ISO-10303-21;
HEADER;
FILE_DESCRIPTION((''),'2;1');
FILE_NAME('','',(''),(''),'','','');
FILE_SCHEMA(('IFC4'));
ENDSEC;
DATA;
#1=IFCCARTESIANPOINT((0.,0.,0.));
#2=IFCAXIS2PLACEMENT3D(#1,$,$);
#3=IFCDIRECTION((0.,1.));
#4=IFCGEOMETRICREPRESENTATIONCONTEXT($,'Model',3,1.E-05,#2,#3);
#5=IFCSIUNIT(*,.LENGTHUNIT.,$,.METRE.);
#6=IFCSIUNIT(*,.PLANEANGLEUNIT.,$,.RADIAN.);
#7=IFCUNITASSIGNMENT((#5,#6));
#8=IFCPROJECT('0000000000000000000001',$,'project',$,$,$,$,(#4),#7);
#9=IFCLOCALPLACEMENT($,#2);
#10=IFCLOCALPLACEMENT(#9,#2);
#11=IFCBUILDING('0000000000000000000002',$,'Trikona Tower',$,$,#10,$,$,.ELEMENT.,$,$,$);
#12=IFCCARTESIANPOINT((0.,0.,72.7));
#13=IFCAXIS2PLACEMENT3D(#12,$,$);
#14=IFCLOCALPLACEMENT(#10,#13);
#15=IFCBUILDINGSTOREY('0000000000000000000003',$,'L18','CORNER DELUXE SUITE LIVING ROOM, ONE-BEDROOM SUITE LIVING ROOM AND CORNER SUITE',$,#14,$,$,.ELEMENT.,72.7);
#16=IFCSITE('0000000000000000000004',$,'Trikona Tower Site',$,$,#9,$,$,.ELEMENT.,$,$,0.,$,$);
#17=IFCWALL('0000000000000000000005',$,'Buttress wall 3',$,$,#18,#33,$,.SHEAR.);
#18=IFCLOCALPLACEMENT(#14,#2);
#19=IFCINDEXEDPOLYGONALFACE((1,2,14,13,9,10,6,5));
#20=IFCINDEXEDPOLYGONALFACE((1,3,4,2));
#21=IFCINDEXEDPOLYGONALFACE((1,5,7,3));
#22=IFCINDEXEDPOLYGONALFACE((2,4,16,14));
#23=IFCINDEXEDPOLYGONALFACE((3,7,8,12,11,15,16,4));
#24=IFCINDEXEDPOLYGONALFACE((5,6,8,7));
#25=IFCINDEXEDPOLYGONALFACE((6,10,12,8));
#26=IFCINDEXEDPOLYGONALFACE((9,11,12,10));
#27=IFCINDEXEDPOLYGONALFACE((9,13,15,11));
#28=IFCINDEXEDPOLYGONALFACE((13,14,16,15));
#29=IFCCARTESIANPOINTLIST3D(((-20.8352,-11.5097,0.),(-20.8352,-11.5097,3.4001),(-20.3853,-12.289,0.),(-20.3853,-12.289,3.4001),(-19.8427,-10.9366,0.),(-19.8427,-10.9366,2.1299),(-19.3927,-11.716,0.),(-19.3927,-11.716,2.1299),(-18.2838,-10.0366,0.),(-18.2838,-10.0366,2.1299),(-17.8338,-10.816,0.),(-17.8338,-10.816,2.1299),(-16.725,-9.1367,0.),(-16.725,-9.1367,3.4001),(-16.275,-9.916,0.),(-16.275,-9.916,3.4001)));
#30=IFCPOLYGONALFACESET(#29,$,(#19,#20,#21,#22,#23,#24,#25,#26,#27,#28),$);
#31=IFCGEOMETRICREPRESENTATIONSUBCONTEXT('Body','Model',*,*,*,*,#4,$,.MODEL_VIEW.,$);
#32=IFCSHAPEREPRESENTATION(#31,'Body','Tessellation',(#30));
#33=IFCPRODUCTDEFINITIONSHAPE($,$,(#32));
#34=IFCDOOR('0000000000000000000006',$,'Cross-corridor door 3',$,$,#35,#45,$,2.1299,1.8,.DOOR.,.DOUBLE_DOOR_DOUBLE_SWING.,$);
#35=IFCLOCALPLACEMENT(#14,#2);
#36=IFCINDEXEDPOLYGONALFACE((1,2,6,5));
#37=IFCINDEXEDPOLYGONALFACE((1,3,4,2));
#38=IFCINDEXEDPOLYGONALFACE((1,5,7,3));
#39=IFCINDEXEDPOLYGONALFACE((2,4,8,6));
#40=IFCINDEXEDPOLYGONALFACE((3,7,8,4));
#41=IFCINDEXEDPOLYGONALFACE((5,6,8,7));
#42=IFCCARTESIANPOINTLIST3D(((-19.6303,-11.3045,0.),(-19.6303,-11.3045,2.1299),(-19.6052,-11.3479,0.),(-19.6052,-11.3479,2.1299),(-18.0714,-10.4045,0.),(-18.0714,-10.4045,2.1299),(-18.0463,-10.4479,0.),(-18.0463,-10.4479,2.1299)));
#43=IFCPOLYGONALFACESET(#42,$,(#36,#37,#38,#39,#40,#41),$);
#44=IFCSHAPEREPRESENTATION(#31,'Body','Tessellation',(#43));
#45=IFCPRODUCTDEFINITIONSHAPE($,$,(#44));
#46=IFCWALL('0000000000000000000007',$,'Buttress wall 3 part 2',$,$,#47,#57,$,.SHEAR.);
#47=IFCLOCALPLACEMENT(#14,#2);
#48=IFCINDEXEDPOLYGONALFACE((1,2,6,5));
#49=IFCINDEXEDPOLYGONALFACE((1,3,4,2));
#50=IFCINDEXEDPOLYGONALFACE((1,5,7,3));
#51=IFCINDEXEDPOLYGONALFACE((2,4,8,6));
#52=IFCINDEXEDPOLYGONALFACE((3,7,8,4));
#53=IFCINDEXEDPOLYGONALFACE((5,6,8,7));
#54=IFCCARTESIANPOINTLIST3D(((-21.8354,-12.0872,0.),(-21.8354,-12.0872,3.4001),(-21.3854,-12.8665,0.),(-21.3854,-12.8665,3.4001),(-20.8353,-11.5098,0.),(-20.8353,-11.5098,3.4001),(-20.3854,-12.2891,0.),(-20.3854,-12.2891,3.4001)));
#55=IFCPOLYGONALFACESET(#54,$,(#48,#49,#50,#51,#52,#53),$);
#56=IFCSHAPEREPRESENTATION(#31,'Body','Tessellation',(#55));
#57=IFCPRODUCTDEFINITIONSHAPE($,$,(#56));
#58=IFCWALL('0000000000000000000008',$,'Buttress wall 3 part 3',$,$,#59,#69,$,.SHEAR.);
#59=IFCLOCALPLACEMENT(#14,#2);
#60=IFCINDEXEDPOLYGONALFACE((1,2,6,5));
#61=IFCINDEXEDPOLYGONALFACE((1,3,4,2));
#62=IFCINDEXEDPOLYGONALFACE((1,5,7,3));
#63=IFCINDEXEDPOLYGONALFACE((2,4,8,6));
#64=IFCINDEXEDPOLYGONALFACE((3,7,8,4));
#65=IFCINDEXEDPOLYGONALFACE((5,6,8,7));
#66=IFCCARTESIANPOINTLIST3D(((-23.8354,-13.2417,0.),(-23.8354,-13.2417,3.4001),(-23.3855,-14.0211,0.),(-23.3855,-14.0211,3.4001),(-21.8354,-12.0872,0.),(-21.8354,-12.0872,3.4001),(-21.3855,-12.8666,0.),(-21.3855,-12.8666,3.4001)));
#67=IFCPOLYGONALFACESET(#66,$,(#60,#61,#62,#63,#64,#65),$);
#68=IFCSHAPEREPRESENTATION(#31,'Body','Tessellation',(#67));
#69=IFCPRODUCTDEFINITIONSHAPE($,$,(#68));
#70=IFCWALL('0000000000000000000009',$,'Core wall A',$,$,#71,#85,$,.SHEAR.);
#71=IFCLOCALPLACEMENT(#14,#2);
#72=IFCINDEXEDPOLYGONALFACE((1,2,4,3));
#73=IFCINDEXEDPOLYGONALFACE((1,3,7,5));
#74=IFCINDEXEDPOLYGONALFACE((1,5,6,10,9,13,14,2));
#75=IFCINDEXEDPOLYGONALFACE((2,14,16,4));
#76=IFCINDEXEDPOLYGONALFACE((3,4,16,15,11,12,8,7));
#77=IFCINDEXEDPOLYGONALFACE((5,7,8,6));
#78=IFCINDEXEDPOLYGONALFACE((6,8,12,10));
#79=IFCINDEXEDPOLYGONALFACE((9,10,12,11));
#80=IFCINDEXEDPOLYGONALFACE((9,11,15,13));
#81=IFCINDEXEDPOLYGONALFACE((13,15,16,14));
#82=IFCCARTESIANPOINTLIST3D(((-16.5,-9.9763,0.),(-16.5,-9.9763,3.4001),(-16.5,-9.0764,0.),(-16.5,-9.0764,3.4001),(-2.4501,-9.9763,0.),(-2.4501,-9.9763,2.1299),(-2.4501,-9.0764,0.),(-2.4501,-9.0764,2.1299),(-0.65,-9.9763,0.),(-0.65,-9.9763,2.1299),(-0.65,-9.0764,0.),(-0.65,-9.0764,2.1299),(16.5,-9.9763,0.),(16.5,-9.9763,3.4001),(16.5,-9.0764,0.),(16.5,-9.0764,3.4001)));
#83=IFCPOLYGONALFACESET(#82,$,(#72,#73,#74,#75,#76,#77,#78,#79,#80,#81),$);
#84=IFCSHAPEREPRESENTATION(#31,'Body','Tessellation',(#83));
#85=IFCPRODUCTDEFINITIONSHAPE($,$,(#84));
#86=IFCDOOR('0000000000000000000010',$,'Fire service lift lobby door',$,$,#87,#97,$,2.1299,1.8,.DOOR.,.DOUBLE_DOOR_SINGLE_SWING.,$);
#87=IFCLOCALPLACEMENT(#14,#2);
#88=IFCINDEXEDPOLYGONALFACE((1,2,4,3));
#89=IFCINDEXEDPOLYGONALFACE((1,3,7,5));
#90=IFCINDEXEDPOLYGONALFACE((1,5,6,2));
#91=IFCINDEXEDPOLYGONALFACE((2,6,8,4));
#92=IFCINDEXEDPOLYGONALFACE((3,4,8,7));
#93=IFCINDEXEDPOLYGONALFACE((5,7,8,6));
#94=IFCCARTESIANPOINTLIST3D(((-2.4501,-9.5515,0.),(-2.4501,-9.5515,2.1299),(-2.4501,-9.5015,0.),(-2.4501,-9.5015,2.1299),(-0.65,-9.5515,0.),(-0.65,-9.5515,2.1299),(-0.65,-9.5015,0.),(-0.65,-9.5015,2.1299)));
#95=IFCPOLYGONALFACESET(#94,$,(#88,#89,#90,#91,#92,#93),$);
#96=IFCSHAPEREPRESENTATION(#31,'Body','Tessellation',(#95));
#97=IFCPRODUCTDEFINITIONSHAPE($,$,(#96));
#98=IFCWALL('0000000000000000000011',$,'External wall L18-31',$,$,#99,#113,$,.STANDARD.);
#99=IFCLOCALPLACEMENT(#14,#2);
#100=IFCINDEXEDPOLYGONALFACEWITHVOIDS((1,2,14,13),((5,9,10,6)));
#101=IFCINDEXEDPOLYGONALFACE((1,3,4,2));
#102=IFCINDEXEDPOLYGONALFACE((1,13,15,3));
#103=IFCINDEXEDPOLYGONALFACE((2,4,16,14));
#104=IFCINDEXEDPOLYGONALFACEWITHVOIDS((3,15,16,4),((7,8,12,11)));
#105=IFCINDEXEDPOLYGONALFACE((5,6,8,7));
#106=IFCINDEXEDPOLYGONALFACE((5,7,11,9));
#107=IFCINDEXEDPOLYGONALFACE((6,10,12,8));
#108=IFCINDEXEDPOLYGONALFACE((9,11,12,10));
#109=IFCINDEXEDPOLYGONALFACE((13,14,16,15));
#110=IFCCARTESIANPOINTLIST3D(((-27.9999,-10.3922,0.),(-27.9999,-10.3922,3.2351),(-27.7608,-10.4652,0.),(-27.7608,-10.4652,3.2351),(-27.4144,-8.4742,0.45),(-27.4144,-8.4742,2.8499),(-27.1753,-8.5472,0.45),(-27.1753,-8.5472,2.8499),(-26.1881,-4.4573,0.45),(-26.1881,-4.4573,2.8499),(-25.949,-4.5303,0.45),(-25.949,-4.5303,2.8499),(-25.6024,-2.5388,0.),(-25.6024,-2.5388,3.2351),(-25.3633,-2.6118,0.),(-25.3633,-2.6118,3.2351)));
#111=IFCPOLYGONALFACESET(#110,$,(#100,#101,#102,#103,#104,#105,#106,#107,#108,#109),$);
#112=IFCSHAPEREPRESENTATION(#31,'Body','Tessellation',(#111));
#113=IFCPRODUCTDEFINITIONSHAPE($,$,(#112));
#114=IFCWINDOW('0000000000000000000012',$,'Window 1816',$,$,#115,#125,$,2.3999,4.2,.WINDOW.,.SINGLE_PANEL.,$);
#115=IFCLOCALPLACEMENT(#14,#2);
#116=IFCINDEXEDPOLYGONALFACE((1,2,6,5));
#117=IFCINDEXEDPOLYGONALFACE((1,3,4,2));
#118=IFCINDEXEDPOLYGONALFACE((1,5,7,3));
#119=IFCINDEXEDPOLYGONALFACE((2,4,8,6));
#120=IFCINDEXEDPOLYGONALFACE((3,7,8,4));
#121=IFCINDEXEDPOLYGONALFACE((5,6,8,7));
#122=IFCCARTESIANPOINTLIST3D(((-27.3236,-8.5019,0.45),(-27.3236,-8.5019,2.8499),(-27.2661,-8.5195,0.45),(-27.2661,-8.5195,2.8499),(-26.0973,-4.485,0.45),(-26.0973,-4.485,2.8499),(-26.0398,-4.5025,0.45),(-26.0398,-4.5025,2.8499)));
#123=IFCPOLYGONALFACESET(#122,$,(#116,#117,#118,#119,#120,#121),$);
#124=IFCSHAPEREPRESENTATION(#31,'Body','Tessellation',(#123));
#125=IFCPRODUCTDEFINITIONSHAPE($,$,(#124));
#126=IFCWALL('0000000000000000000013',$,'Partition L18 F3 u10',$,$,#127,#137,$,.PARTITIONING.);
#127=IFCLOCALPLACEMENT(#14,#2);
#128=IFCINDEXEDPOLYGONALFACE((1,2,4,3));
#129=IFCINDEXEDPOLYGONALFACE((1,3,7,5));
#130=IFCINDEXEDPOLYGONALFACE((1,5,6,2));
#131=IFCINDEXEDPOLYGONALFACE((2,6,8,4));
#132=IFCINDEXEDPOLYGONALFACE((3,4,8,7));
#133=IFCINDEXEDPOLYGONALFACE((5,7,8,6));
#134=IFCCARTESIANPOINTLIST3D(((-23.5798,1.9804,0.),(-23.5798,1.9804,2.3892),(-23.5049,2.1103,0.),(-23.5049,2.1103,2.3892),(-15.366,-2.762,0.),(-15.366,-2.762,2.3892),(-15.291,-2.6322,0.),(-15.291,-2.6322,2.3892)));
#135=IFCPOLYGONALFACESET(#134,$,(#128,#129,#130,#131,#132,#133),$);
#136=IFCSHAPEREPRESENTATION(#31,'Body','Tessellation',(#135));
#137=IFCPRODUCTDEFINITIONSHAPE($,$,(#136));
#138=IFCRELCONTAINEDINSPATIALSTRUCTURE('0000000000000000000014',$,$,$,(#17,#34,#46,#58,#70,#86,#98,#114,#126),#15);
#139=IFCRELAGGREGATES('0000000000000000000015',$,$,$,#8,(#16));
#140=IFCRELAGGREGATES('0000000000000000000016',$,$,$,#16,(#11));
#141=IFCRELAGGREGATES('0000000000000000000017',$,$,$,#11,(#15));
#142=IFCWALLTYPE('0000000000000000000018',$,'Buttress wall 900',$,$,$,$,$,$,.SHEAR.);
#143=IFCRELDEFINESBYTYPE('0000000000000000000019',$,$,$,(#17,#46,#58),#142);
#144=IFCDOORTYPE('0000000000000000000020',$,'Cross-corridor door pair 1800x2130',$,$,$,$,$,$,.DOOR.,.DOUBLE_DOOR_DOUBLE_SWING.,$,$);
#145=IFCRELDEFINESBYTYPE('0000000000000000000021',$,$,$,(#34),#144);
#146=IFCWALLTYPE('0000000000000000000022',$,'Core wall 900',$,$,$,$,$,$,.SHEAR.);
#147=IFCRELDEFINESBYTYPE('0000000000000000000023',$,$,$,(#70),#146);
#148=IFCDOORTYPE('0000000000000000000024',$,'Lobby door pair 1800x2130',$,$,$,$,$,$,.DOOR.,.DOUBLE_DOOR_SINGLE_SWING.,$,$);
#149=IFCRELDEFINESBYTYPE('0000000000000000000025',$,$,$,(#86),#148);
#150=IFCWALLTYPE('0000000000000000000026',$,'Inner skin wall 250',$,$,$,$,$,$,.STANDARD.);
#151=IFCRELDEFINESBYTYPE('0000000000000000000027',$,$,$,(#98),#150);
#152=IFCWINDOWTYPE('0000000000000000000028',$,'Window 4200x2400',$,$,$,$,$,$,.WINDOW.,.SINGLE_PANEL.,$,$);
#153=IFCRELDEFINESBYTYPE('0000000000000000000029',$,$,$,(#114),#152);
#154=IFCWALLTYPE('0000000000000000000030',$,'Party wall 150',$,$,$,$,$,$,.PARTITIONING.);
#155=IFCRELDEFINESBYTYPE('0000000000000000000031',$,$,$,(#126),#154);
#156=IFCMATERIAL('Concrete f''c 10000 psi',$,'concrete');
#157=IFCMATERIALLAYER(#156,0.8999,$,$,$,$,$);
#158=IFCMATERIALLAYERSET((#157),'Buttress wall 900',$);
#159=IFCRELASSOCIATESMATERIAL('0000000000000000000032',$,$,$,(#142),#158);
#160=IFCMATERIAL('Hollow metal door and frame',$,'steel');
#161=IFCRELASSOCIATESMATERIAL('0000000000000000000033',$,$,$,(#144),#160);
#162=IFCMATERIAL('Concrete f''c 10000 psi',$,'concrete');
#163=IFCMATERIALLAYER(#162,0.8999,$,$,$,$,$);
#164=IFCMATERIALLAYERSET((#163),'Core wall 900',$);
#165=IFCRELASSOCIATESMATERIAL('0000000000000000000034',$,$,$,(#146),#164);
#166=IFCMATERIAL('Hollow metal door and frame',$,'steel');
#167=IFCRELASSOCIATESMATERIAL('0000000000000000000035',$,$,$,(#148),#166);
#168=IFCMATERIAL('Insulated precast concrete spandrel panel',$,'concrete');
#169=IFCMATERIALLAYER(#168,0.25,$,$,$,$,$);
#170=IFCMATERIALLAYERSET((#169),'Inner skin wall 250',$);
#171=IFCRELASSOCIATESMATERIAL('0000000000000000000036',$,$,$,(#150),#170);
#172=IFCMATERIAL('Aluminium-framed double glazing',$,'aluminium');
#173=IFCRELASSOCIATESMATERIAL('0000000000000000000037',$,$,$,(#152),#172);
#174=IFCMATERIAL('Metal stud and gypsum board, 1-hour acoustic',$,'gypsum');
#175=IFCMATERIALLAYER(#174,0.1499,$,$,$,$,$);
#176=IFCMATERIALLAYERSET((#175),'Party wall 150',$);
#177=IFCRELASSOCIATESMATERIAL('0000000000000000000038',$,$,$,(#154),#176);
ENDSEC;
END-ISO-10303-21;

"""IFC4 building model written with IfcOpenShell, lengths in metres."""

from ifc_helpers import new_model, si_unit, direction, frame, frame_2d, origin, place, context, subcontext, project, spatial, rectangle, extrude, material, layer, layer_set, type_object, element, fill, save


model = new_model("IFC4")

# Units and contexts
model_context = context("Model", 3, precision=1e-05, world=origin(), true_north=direction((0.0, 1.0)))
body_context = subcontext(model_context, "Body", "Model", "MODEL_VIEW")
ifc_project = project(units=[si_unit("LENGTHUNIT", "METRE"), si_unit("PLANEANGLEUNIT", "RADIAN")], contexts=[model_context])

# Site, building, storey
site_placement = place(None, origin())
site = spatial("IfcSite", under=ifc_project, at=site_placement, Name="Trikona Tower Site", CompositionType="ELEMENT", RefElevation=0.0)
building_placement = place(site_placement, origin())
building = spatial("IfcBuilding", under=site, at=building_placement, Name="Trikona Tower", CompositionType="ELEMENT")
storey_placement = place(building_placement, frame((0.0, 0.0, 72.7)))
storey = spatial("IfcBuildingStorey", under=building, at=storey_placement, Name="L18", Description="CORNER DELUXE SUITE LIVING ROOM, ONE-BEDROOM SUITE LIVING ROOM AND CORNER SUITE", CompositionType="ELEMENT", Elevation=72.7)

# Wall, opening, door
ifc_material_1 = material(Name="Concrete f'c 10000 psi", Category="concrete")
ifc_layer_1 = layer(ifc_material_1, 0.8999)
ifc_layer_set_1 = layer_set([ifc_layer_1], Name="Buttress wall 900")
wall_type_1 = type_object("IfcWallType", Name="Buttress wall 900", PredefinedType="SHEAR", material=ifc_layer_set_1)
wall_1_placement = place(storey_placement, frame((-16.5, -9.5264, 0.0), z_axis=(0.0, 0.0, 1.0), x_axis=(-0.866031, -0.49999, 0.0)))
wall_1 = element("IfcWall", 1, at=wall_1_placement, inside=storey, type_object=wall_type_1, Name="Buttress wall 3", PredefinedType="SHEAR", context=body_context, shape_type="SweptSolid", body=[
    extrude(rectangle(XDim=4.7461, YDim=0.8999, at=frame_2d((2.373, 0.0))), origin(), (0.0, 0.0, 1.0), 3.4001),
])
opening_1_placement = place(wall_1_placement, frame((1.8, 0.0, 0.0)))
opening_1 = element("IfcOpeningElement", 2, at=opening_1_placement, cuts=wall_1, PredefinedType="OPENING", context=body_context, shape_type="SweptSolid", body=[
    extrude(rectangle(XDim=1.8, YDim=2.1299, at=frame_2d((0.8999, 1.0649))), frame((0.0, 0.46, 0.0), z_axis=(0.0, -1.0, 0.0), x_axis=(1.0, 0.0, 0.0)), (0.0, 0.0, 1.0), 0.9199),
])
ifc_material_2 = material(Name="Hollow metal door and frame", Category="steel")
door_type_1 = type_object("IfcDoorType", Name="Cross-corridor door pair 1800x2130", OperationType="DOUBLE_DOOR_DOUBLE_SWING", PredefinedType="DOOR", material=ifc_material_2)
door_1_placement = place(opening_1_placement, origin())
door_1 = element("IfcDoor", 3, at=door_1_placement, inside=storey, type_object=door_type_1, Name="Cross-corridor door 3", OperationType="DOUBLE_DOOR_DOUBLE_SWING", OverallHeight=2.1299, OverallWidth=1.8, PredefinedType="DOOR", context=body_context, shape_type="SweptSolid", body=[
    extrude(rectangle(XDim=1.8, YDim=2.1299, at=frame_2d((0.8999, 1.0649))), frame((0.0, 0.0249, 0.0), z_axis=(0.0, -1.0, 0.0), x_axis=(1.0, 0.0, 0.0)), (0.0, 0.0, 1.0), 0.05),
])
fill(opening_1, door_1)

# Walls
wall_2_placement = place(storey_placement, frame((-20.6104, -11.8994, 0.0), z_axis=(0.0, 0.0, 1.0), x_axis=(-0.86601, -0.500027, 0.0)))
element("IfcWall", 4, at=wall_2_placement, inside=storey, type_object=wall_type_1, Name="Buttress wall 3 part 2", PredefinedType="SHEAR", context=body_context, shape_type="SweptSolid", body=[
    extrude(rectangle(XDim=1.1548, YDim=0.8999, at=frame_2d((0.5774, 0.0))), origin(), (0.0, 0.0, 1.0), 3.4001),
])
wall_3_placement = place(storey_placement, frame((-21.6104, -12.4768, 0.0), z_axis=(0.0, 0.0, 1.0), x_axis=(-0.866055, -0.499948, 0.0)))
element("IfcWall", 5, at=wall_3_placement, inside=storey, type_object=wall_type_1, Name="Buttress wall 3 part 3", PredefinedType="SHEAR", context=body_context, shape_type="SweptSolid", body=[
    extrude(rectangle(XDim=2.3093, YDim=0.8999, at=frame_2d((1.1548, 0.0))), origin(), (0.0, 0.0, 1.0), 3.4001),
])

# Wall, opening, door
ifc_material_3 = material(Name="Concrete f'c 10000 psi", Category="concrete")
ifc_layer_2 = layer(ifc_material_3, 0.8999)
ifc_layer_set_2 = layer_set([ifc_layer_2], Name="Core wall 900")
wall_type_2 = type_object("IfcWallType", Name="Core wall 900", PredefinedType="SHEAR", material=ifc_layer_set_2)
wall_4_placement = place(storey_placement, frame((-16.5, -9.5264, 0.0), z_axis=(0.0, 0.0, 1.0), x_axis=(1.0, 0.0, 0.0)))
wall_4 = element("IfcWall", 6, at=wall_4_placement, inside=storey, type_object=wall_type_2, Name="Core wall A", PredefinedType="SHEAR", context=body_context, shape_type="SweptSolid", body=[
    extrude(rectangle(XDim=33.0, YDim=0.8999, at=frame_2d((16.5, 0.0))), origin(), (0.0, 0.0, 1.0), 3.4001),
])
opening_2_placement = place(wall_4_placement, frame((14.05, 0.0, 0.0)))
opening_2 = element("IfcOpeningElement", 7, at=opening_2_placement, cuts=wall_4, PredefinedType="OPENING", context=body_context, shape_type="SweptSolid", body=[
    extrude(rectangle(XDim=1.8, YDim=2.1299, at=frame_2d((0.8999, 1.0649))), frame((0.0, 0.46, 0.0), z_axis=(0.0, -1.0, 0.0), x_axis=(1.0, 0.0, 0.0)), (0.0, 0.0, 1.0), 0.9199),
])
ifc_material_4 = material(Name="Hollow metal door and frame", Category="steel")
door_type_2 = type_object("IfcDoorType", Name="Lobby door pair 1800x2130", OperationType="DOUBLE_DOOR_SINGLE_SWING", PredefinedType="DOOR", material=ifc_material_4)
door_2_placement = place(opening_2_placement, origin())
door_2 = element("IfcDoor", 8, at=door_2_placement, inside=storey, type_object=door_type_2, Name="Fire service lift lobby door", OperationType="DOUBLE_DOOR_SINGLE_SWING", OverallHeight=2.1299, OverallWidth=1.8, PredefinedType="DOOR", context=body_context, shape_type="SweptSolid", body=[
    extrude(rectangle(XDim=1.8, YDim=2.1299, at=frame_2d((0.8999, 1.0649))), frame((0.0, 0.0249, 0.0), z_axis=(0.0, -1.0, 0.0), x_axis=(1.0, 0.0, 0.0)), (0.0, 0.0, 1.0), 0.05),
])
fill(opening_2, door_2)

# Wall, opening, window
ifc_material_5 = material(Name="Insulated precast concrete spandrel panel", Category="concrete")
ifc_layer_3 = layer(ifc_material_5, 0.25)
ifc_layer_set_3 = layer_set([ifc_layer_3], Name="Inner skin wall 250")
wall_type_3 = type_object("IfcWallType", Name="Inner skin wall 250", PredefinedType="STANDARD", material=ifc_layer_set_3)
wall_5_placement = place(storey_placement, frame((-25.4829, -2.5754, 0.0), z_axis=(0.0, 0.0, 1.0), x_axis=(-0.291979, -0.956425, 0.0)))
wall_5 = element("IfcWall", 9, at=wall_5_placement, inside=storey, type_object=wall_type_3, Name="External wall L18-31", PredefinedType="STANDARD", context=body_context, shape_type="SweptSolid", body=[
    extrude(rectangle(XDim=8.2112, YDim=0.25, at=frame_2d((4.1055, 0.0))), origin(), (0.0, 0.0, 1.0), 3.2351),
])
opening_3_placement = place(wall_5_placement, frame((2.0056, 0.0, 0.45)))
opening_3 = element("IfcOpeningElement", 10, at=opening_3_placement, cuts=wall_5, PredefinedType="OPENING", context=body_context, shape_type="SweptSolid", body=[
    extrude(rectangle(XDim=4.2, YDim=2.3999, at=frame_2d((2.1001, 1.2))), frame((0.0, 0.135, 0.0), z_axis=(0.0, -1.0, 0.0), x_axis=(1.0, 0.0, 0.0)), (0.0, 0.0, 1.0), 0.27),
])
ifc_material_6 = material(Name="Aluminium-framed double glazing", Category="aluminium")
window_type_1 = type_object("IfcWindowType", Name="Window 4200x2400", PartitioningType="SINGLE_PANEL", PredefinedType="WINDOW", material=ifc_material_6)
window_1_placement = place(opening_3_placement, origin())
window_1 = element("IfcWindow", 11, at=window_1_placement, inside=storey, type_object=window_type_1, Name="Window 1816", OverallHeight=2.3999, OverallWidth=4.2, PartitioningType="SINGLE_PANEL", PredefinedType="WINDOW", context=body_context, shape_type="SweptSolid", body=[
    extrude(rectangle(XDim=4.2, YDim=2.3999, at=frame_2d((2.1001, 1.2))), frame((0.0, 0.03, 0.0), z_axis=(0.0, -1.0, 0.0), x_axis=(1.0, 0.0, 0.0)), (0.0, 0.0, 1.0), 0.0601),
])
fill(opening_3, window_1)

# Wall
ifc_material_7 = material(Name="Metal stud and gypsum board, 1-hour acoustic", Category="gypsum")
ifc_layer_4 = layer(ifc_material_7, 0.1499)
ifc_layer_set_4 = layer_set([ifc_layer_4], Name="Party wall 150")
wall_type_4 = type_object("IfcWallType", Name="Party wall 150", PredefinedType="PARTITIONING", material=ifc_layer_set_4)
wall_6_placement = place(storey_placement, frame((-15.3286, -2.697, 0.0), z_axis=(0.0, 0.0, 1.0), x_axis=(-0.866018, 0.500012, 0.0)))
element("IfcWall", 12, at=wall_6_placement, inside=storey, type_object=wall_type_4, Name="Partition L18 F3 u10", PredefinedType="PARTITIONING", context=body_context, shape_type="SweptSolid", body=[
    extrude(rectangle(XDim=9.4846, YDim=0.1499, at=frame_2d((4.7422, 0.0))), origin(), (0.0, 0.0, 1.0), 2.3892),
])

save(model, "model.ifc")
